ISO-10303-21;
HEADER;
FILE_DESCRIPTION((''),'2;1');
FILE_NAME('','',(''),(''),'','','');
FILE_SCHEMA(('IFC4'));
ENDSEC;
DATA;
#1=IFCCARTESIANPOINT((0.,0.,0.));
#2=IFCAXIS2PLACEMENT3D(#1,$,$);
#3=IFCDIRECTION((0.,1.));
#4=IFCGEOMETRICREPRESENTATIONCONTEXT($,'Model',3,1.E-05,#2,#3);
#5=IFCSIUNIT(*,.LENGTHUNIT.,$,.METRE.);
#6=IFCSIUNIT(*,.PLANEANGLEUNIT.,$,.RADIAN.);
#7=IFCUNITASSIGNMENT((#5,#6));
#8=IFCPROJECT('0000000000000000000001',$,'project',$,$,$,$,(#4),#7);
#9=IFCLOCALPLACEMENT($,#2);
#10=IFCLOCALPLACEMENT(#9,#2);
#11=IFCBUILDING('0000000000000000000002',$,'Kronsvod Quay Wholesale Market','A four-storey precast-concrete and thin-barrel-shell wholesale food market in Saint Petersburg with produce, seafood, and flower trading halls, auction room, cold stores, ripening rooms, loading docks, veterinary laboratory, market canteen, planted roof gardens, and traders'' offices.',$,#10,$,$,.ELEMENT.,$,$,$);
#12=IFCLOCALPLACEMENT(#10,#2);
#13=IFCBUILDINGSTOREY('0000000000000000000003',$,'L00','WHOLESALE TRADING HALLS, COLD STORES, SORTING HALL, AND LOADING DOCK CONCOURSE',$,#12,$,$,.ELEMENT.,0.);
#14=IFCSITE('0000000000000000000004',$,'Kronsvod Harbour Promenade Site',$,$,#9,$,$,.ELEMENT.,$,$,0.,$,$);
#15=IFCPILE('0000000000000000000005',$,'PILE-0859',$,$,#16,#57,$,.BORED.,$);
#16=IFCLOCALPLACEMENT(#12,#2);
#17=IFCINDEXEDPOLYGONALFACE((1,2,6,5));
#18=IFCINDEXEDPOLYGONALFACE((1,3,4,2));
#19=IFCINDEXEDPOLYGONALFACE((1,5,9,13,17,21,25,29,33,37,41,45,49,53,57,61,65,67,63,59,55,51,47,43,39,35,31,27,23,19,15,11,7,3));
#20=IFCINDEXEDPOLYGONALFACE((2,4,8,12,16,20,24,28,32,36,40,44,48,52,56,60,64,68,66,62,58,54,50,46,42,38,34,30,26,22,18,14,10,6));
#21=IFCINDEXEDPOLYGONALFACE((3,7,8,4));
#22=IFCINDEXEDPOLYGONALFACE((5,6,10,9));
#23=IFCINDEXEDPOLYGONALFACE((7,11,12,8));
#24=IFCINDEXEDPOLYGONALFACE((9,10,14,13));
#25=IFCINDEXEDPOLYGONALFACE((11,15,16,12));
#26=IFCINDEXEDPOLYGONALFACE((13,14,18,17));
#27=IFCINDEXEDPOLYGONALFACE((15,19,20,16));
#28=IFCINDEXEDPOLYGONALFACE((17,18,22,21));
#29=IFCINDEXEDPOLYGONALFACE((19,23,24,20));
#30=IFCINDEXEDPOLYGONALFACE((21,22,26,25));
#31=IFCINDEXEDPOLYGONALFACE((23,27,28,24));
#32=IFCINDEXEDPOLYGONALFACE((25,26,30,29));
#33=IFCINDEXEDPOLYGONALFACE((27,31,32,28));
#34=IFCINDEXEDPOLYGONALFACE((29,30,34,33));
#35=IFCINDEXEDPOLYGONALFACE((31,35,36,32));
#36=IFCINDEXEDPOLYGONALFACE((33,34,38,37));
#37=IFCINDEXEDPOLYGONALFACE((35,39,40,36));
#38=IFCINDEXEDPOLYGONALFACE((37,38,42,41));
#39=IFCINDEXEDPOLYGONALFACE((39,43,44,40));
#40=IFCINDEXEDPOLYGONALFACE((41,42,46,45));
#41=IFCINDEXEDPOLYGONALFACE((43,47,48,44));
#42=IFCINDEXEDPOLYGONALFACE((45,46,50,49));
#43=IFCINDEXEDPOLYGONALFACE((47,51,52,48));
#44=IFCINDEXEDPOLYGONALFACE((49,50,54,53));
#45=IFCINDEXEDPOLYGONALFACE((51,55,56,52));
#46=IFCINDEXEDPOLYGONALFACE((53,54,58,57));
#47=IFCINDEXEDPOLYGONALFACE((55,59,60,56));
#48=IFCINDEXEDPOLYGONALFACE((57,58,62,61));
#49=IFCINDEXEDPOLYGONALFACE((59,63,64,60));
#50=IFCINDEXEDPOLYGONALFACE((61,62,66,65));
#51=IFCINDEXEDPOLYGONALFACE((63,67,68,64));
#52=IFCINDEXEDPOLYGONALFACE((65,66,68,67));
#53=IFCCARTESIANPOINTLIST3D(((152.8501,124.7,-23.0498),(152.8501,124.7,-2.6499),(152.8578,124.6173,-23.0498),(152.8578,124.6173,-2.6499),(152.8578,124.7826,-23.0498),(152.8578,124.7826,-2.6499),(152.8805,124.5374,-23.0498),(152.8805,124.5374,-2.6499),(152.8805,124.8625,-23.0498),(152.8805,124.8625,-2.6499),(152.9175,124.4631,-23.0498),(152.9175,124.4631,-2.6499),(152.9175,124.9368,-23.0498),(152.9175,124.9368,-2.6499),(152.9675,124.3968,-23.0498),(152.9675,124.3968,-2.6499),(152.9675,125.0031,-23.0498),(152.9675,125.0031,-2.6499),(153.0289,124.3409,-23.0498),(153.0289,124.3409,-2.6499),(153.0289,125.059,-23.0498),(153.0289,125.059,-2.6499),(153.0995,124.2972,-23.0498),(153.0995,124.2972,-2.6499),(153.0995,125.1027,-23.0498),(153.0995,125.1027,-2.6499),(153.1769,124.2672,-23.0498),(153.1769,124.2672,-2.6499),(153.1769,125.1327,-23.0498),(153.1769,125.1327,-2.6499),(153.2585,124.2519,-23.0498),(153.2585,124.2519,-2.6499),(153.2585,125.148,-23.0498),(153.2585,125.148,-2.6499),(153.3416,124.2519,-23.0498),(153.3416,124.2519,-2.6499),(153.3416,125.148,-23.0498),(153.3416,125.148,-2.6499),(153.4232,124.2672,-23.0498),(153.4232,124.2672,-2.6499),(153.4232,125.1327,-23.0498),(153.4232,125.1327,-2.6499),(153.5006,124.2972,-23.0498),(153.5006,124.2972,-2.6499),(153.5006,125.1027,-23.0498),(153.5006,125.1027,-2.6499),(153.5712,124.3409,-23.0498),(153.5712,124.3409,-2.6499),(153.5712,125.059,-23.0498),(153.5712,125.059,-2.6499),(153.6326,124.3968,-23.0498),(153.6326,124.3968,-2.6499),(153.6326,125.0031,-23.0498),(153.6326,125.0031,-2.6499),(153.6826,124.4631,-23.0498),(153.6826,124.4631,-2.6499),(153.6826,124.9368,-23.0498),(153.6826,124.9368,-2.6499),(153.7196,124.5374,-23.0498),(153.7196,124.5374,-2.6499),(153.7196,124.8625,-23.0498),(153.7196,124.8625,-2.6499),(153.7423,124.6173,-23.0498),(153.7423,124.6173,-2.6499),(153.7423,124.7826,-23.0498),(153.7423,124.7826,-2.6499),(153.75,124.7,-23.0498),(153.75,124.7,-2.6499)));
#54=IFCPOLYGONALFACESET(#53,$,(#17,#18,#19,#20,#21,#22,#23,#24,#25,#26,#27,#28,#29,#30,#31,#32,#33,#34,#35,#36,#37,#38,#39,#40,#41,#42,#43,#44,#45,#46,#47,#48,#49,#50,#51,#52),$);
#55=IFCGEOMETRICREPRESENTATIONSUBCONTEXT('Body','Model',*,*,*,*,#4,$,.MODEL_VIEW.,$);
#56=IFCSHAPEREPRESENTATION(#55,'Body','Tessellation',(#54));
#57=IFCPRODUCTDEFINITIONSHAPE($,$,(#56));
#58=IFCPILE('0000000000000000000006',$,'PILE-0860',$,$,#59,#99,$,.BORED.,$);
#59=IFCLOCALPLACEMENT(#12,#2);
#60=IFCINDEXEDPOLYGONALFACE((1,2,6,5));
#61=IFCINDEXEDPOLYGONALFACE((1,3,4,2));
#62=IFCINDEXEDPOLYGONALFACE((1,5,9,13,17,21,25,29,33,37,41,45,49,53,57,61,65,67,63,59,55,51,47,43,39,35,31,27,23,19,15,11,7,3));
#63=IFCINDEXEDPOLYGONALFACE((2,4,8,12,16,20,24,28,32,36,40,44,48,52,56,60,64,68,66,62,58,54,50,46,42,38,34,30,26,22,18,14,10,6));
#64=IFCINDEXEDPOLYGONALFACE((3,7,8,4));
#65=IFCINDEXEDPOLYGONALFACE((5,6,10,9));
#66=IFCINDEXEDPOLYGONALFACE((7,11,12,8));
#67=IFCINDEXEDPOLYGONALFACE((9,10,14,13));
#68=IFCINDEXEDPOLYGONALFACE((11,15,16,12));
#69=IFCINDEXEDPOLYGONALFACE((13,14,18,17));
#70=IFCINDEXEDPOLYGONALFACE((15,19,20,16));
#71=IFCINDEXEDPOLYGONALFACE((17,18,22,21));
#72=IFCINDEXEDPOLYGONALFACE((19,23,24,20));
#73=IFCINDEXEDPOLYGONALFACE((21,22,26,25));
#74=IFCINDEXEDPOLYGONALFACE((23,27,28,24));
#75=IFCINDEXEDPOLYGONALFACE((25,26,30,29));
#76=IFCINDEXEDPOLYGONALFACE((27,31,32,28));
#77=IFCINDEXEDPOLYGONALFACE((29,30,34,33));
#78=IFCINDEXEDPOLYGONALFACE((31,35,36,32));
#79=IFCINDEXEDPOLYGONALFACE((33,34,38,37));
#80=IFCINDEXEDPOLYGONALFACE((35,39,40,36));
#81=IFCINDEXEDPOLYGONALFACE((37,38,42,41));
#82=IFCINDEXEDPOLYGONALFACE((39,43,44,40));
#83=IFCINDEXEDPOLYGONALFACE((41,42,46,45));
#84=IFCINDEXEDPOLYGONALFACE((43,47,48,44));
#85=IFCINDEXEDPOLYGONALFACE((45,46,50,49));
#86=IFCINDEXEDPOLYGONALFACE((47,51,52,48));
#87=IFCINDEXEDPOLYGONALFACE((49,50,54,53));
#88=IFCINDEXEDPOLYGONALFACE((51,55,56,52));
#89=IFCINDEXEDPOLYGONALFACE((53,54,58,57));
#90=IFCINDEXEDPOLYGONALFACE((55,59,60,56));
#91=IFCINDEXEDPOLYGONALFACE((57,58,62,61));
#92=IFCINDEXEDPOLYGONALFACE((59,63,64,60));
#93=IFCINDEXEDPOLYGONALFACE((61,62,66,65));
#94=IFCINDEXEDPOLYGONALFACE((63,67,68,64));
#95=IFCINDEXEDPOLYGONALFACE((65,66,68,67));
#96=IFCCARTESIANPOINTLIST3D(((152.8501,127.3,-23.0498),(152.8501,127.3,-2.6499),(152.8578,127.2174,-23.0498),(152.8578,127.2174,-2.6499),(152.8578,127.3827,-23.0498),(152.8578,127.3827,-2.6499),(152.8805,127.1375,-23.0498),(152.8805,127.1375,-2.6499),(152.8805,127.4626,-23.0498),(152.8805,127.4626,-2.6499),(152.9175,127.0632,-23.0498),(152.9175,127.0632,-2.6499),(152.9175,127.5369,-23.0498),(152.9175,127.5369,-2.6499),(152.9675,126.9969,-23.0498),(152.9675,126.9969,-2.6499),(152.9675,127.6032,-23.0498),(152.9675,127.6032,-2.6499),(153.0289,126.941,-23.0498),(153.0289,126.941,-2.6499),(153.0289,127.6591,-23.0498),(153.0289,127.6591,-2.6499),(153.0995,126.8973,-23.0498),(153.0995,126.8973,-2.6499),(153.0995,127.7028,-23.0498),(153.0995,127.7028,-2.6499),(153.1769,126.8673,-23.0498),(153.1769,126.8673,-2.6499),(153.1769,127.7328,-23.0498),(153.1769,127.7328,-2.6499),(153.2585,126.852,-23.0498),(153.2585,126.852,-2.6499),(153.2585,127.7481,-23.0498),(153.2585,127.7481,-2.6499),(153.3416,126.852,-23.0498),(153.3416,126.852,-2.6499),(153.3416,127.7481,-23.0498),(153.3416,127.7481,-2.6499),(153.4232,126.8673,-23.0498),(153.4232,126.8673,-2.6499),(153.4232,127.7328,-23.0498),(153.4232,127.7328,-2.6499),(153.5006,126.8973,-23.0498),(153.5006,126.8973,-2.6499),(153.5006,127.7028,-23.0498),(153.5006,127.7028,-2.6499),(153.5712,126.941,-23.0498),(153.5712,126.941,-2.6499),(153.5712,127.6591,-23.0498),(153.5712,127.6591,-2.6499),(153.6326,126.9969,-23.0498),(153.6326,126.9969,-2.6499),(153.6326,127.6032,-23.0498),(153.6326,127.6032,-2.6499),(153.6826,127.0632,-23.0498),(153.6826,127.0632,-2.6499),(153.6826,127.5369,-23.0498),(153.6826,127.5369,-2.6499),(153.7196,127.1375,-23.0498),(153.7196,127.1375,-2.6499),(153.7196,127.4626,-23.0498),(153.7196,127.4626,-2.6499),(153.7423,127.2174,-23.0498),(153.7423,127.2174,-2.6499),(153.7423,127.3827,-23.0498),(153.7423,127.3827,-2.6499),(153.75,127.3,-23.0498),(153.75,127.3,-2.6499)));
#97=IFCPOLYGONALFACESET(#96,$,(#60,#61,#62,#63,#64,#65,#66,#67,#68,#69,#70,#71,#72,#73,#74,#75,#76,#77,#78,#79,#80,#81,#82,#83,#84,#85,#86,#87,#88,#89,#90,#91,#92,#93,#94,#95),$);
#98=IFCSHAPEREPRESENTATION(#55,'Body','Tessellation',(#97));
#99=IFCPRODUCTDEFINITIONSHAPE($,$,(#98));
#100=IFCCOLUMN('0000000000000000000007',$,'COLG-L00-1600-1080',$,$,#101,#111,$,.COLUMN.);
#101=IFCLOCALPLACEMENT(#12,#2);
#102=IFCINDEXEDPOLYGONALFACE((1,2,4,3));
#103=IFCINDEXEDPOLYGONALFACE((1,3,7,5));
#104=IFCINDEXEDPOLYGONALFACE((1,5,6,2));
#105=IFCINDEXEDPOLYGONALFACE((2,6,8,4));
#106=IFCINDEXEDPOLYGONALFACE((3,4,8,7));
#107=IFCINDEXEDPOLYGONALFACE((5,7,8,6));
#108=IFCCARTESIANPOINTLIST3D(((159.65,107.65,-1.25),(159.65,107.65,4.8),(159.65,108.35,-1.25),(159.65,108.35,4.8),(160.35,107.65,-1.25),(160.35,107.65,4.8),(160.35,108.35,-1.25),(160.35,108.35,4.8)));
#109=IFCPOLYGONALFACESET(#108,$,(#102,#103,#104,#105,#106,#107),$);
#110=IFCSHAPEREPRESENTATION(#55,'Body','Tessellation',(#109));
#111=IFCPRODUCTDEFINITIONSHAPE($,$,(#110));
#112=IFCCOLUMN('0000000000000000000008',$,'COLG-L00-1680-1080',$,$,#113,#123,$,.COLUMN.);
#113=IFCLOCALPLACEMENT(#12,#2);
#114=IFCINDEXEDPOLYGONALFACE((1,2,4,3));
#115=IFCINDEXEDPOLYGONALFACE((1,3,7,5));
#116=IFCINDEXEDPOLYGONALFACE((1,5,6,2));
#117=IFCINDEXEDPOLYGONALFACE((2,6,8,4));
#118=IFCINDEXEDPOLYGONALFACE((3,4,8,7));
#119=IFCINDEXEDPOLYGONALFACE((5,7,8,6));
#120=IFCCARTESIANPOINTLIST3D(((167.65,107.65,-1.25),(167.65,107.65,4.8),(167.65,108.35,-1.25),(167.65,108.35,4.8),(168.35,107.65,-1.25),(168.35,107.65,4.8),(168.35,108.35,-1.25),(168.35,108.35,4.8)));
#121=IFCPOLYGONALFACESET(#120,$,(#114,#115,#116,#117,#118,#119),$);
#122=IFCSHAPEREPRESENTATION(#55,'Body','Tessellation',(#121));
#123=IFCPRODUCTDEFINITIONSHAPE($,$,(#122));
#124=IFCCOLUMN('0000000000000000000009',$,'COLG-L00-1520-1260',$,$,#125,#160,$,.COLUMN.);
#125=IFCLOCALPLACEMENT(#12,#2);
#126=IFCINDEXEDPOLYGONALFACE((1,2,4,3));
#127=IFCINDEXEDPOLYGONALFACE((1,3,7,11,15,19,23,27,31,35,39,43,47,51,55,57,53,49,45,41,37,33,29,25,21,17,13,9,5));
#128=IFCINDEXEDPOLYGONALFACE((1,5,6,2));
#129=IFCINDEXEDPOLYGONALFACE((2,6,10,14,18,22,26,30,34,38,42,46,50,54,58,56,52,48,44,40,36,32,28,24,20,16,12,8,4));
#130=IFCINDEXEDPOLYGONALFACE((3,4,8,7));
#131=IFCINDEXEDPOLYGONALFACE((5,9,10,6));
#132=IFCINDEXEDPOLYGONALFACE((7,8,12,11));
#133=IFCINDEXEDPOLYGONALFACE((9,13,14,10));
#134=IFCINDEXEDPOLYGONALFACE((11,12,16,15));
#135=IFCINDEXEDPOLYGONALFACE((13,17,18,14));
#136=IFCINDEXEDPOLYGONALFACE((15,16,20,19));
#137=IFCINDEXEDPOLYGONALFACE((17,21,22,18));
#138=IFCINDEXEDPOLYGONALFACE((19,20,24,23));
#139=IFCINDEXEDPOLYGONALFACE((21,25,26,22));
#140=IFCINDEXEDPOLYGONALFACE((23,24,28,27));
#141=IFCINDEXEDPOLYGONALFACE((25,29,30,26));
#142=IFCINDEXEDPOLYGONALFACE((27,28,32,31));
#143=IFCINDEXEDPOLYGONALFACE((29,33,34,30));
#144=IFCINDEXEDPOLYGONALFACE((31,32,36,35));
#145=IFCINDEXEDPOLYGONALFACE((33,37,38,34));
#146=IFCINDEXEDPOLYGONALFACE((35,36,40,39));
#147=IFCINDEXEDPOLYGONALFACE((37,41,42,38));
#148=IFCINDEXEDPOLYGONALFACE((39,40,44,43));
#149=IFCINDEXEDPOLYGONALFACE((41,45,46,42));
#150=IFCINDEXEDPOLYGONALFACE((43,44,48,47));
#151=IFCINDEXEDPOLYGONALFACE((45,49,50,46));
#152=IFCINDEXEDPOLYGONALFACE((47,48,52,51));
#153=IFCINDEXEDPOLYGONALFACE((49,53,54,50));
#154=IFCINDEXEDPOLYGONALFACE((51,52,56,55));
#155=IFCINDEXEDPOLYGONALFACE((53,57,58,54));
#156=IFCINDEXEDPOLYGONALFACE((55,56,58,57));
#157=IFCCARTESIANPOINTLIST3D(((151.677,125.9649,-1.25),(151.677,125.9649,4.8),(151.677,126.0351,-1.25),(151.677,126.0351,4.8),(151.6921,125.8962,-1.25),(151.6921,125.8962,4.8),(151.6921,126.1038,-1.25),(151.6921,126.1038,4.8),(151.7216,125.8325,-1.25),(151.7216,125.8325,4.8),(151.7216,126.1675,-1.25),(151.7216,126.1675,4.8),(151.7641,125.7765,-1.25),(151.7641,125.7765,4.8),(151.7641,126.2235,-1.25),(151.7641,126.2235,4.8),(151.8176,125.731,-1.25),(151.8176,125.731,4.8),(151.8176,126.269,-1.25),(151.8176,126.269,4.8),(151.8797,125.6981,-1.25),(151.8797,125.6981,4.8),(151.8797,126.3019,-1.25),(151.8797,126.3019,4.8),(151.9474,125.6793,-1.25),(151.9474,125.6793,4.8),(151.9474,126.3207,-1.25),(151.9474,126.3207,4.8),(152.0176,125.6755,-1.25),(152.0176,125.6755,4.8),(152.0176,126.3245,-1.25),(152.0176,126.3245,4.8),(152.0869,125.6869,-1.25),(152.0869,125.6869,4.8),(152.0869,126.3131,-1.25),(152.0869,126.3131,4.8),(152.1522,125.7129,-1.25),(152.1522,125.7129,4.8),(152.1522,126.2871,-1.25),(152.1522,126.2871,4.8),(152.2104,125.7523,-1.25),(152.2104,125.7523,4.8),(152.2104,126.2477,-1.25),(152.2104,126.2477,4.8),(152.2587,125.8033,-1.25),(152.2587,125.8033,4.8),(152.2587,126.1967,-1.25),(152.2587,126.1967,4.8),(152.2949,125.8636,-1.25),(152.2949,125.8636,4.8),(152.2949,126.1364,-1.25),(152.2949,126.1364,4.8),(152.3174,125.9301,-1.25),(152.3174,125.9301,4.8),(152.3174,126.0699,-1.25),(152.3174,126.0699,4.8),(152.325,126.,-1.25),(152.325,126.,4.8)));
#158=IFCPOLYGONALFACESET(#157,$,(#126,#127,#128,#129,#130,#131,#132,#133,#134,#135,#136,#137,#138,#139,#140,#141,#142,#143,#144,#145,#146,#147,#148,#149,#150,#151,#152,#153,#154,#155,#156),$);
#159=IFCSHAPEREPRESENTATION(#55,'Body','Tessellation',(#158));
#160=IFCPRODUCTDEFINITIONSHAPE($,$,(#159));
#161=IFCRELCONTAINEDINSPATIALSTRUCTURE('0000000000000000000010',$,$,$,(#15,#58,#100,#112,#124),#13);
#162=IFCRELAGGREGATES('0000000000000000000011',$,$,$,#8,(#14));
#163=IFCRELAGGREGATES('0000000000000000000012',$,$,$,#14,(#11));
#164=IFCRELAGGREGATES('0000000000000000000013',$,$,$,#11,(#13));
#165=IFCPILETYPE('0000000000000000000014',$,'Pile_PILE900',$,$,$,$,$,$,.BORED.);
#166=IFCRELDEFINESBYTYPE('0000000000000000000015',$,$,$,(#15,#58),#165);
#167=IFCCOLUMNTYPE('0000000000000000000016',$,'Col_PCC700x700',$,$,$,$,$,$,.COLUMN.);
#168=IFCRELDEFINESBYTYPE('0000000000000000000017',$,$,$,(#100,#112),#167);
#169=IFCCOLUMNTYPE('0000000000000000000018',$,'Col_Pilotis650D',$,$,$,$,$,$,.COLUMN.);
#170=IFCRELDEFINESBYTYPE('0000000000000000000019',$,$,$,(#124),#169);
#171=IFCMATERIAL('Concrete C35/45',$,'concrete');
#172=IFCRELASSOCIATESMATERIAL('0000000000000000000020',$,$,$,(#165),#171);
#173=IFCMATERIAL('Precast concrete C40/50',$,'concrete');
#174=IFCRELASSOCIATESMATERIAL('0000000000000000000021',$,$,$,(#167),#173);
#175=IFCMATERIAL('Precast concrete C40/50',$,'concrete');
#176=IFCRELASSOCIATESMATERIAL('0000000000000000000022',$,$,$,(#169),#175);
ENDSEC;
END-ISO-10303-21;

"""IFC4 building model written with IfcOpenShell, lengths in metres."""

from ifc_helpers import new_model, si_unit, direction, frame, origin, origin_2d, place, context, subcontext, project, spatial, rectangle, circle, extrude, material, material_profile, profile_set, type_object, element, save


model = new_model("IFC4")

# Units and contexts
model_context = context("Model", 3, precision=1e-05, world=origin(), true_north=direction((0.0, 1.0)))
body_context = subcontext(model_context, "Body", "Model", "MODEL_VIEW")
ifc_project = project(units=[si_unit("LENGTHUNIT", "METRE"), si_unit("PLANEANGLEUNIT", "RADIAN")], contexts=[model_context])

# Site, building, storey
site_placement = place(None, origin())
site = spatial("IfcSite", under=ifc_project, at=site_placement, Name="Kronsvod Harbour Promenade Site", CompositionType="ELEMENT", RefElevation=0.0)
building_placement = place(site_placement, origin())
building = spatial("IfcBuilding", under=site, at=building_placement, Name="Kronsvod Quay Wholesale Market", Description="A four-storey precast-concrete and thin-barrel-shell wholesale food market in Saint Petersburg with produce, seafood, and flower trading halls, auction room, cold stores, ripening rooms, loading docks, veterinary laboratory, market canteen, planted roof gardens, and traders' offices.", CompositionType="ELEMENT")
storey_placement = place(building_placement, origin())
storey = spatial("IfcBuildingStorey", under=building, at=storey_placement, Name="L00", Description="WHOLESALE TRADING HALLS, COLD STORES, SORTING HALL, AND LOADING DOCK CONCOURSE", CompositionType="ELEMENT", Elevation=0.0)

# Piles
ifc_material_1 = material(Name="Concrete C35/45", Category="concrete")
ifc_material_profile_1 = material_profile(ifc_material_1, circle(Radius=0.45, at=origin_2d()), Name="PILE900")
ifc_profile_set_1 = profile_set([ifc_material_profile_1], Name="Concrete C35/45")
pile_type_1 = type_object("IfcPileType", Name="Pile_PILE900", PredefinedType="BORED", material=ifc_profile_set_1)
for number, where, z_axis, x_axis, name in (
    (1, (153.3, 124.7, -2.6499), (0.0, 0.0, -1.0), (1.0, 0.0, 0.0), "PILE-0859"),
    (2, (153.3, 127.3, -2.6499), (0.0, 0.0, -1.0), (1.0, 0.0, 0.0), "PILE-0860"),
):
    element("IfcPile", number, at=place(storey_placement, frame(where, z_axis=z_axis, x_axis=x_axis)), inside=storey, type_object=pile_type_1, Name=name, PredefinedType="BORED", context=body_context, shape_type="SweptSolid", body=[
        extrude(circle(Radius=0.45, at=origin_2d()), origin(), (0.0, 0.0, 1.0), 20.3999),
    ])

# Columns
ifc_material_2 = material(Name="Precast concrete C40/50", Category="concrete")
ifc_material_profile_2 = material_profile(ifc_material_2, rectangle(XDim=0.7, YDim=0.7, at=origin_2d()), Name="PCC700x700")
ifc_profile_set_2 = profile_set([ifc_material_profile_2], Name="Precast concrete C40/50")
column_type_1 = type_object("IfcColumnType", Name="Col_PCC700x700", PredefinedType="COLUMN", material=ifc_profile_set_2)
for number, where, z_axis, x_axis, name in (
    (3, (160.0, 108.0, -1.25), (0.0, 0.0, 1.0), (1.0, 0.0, 0.0), "COLG-L00-1600-1080"),
    (4, (168.0, 108.0, -1.25), (0.0, 0.0, 1.0), (1.0, 0.0, 0.0), "COLG-L00-1680-1080"),
):
    element("IfcColumn", number, at=place(storey_placement, frame(where, z_axis=z_axis, x_axis=x_axis)), inside=storey, type_object=column_type_1, Name=name, PredefinedType="COLUMN", context=body_context, shape_type="SweptSolid", body=[
        extrude(rectangle(XDim=0.7, YDim=0.7, at=origin_2d()), origin(), (0.0, 0.0, 1.0), 6.05),
    ])
ifc_material_3 = material(Name="Precast concrete C40/50", Category="concrete")
ifc_material_profile_3 = material_profile(ifc_material_3, circle(Radius=0.325, at=origin_2d()), Name="PCPIL650D")
ifc_profile_set_3 = profile_set([ifc_material_profile_3], Name="Precast concrete C40/50")
column_type_2 = type_object("IfcColumnType", Name="Col_Pilotis650D", PredefinedType="COLUMN", material=ifc_profile_set_3)
column_1_placement = place(storey_placement, frame((152.0, 126.0, -1.25), z_axis=(0.0, 0.0, 1.0), x_axis=(1.0, 0.0, 0.0)))
element("IfcColumn", 5, at=column_1_placement, inside=storey, type_object=column_type_2, Name="COLG-L00-1520-1260", PredefinedType="COLUMN", context=body_context, shape_type="SweptSolid", body=[
    extrude(circle(Radius=0.325, at=origin_2d()), origin(), (0.0, 0.0, 1.0), 6.05),
])

save(model, "model.ifc")
